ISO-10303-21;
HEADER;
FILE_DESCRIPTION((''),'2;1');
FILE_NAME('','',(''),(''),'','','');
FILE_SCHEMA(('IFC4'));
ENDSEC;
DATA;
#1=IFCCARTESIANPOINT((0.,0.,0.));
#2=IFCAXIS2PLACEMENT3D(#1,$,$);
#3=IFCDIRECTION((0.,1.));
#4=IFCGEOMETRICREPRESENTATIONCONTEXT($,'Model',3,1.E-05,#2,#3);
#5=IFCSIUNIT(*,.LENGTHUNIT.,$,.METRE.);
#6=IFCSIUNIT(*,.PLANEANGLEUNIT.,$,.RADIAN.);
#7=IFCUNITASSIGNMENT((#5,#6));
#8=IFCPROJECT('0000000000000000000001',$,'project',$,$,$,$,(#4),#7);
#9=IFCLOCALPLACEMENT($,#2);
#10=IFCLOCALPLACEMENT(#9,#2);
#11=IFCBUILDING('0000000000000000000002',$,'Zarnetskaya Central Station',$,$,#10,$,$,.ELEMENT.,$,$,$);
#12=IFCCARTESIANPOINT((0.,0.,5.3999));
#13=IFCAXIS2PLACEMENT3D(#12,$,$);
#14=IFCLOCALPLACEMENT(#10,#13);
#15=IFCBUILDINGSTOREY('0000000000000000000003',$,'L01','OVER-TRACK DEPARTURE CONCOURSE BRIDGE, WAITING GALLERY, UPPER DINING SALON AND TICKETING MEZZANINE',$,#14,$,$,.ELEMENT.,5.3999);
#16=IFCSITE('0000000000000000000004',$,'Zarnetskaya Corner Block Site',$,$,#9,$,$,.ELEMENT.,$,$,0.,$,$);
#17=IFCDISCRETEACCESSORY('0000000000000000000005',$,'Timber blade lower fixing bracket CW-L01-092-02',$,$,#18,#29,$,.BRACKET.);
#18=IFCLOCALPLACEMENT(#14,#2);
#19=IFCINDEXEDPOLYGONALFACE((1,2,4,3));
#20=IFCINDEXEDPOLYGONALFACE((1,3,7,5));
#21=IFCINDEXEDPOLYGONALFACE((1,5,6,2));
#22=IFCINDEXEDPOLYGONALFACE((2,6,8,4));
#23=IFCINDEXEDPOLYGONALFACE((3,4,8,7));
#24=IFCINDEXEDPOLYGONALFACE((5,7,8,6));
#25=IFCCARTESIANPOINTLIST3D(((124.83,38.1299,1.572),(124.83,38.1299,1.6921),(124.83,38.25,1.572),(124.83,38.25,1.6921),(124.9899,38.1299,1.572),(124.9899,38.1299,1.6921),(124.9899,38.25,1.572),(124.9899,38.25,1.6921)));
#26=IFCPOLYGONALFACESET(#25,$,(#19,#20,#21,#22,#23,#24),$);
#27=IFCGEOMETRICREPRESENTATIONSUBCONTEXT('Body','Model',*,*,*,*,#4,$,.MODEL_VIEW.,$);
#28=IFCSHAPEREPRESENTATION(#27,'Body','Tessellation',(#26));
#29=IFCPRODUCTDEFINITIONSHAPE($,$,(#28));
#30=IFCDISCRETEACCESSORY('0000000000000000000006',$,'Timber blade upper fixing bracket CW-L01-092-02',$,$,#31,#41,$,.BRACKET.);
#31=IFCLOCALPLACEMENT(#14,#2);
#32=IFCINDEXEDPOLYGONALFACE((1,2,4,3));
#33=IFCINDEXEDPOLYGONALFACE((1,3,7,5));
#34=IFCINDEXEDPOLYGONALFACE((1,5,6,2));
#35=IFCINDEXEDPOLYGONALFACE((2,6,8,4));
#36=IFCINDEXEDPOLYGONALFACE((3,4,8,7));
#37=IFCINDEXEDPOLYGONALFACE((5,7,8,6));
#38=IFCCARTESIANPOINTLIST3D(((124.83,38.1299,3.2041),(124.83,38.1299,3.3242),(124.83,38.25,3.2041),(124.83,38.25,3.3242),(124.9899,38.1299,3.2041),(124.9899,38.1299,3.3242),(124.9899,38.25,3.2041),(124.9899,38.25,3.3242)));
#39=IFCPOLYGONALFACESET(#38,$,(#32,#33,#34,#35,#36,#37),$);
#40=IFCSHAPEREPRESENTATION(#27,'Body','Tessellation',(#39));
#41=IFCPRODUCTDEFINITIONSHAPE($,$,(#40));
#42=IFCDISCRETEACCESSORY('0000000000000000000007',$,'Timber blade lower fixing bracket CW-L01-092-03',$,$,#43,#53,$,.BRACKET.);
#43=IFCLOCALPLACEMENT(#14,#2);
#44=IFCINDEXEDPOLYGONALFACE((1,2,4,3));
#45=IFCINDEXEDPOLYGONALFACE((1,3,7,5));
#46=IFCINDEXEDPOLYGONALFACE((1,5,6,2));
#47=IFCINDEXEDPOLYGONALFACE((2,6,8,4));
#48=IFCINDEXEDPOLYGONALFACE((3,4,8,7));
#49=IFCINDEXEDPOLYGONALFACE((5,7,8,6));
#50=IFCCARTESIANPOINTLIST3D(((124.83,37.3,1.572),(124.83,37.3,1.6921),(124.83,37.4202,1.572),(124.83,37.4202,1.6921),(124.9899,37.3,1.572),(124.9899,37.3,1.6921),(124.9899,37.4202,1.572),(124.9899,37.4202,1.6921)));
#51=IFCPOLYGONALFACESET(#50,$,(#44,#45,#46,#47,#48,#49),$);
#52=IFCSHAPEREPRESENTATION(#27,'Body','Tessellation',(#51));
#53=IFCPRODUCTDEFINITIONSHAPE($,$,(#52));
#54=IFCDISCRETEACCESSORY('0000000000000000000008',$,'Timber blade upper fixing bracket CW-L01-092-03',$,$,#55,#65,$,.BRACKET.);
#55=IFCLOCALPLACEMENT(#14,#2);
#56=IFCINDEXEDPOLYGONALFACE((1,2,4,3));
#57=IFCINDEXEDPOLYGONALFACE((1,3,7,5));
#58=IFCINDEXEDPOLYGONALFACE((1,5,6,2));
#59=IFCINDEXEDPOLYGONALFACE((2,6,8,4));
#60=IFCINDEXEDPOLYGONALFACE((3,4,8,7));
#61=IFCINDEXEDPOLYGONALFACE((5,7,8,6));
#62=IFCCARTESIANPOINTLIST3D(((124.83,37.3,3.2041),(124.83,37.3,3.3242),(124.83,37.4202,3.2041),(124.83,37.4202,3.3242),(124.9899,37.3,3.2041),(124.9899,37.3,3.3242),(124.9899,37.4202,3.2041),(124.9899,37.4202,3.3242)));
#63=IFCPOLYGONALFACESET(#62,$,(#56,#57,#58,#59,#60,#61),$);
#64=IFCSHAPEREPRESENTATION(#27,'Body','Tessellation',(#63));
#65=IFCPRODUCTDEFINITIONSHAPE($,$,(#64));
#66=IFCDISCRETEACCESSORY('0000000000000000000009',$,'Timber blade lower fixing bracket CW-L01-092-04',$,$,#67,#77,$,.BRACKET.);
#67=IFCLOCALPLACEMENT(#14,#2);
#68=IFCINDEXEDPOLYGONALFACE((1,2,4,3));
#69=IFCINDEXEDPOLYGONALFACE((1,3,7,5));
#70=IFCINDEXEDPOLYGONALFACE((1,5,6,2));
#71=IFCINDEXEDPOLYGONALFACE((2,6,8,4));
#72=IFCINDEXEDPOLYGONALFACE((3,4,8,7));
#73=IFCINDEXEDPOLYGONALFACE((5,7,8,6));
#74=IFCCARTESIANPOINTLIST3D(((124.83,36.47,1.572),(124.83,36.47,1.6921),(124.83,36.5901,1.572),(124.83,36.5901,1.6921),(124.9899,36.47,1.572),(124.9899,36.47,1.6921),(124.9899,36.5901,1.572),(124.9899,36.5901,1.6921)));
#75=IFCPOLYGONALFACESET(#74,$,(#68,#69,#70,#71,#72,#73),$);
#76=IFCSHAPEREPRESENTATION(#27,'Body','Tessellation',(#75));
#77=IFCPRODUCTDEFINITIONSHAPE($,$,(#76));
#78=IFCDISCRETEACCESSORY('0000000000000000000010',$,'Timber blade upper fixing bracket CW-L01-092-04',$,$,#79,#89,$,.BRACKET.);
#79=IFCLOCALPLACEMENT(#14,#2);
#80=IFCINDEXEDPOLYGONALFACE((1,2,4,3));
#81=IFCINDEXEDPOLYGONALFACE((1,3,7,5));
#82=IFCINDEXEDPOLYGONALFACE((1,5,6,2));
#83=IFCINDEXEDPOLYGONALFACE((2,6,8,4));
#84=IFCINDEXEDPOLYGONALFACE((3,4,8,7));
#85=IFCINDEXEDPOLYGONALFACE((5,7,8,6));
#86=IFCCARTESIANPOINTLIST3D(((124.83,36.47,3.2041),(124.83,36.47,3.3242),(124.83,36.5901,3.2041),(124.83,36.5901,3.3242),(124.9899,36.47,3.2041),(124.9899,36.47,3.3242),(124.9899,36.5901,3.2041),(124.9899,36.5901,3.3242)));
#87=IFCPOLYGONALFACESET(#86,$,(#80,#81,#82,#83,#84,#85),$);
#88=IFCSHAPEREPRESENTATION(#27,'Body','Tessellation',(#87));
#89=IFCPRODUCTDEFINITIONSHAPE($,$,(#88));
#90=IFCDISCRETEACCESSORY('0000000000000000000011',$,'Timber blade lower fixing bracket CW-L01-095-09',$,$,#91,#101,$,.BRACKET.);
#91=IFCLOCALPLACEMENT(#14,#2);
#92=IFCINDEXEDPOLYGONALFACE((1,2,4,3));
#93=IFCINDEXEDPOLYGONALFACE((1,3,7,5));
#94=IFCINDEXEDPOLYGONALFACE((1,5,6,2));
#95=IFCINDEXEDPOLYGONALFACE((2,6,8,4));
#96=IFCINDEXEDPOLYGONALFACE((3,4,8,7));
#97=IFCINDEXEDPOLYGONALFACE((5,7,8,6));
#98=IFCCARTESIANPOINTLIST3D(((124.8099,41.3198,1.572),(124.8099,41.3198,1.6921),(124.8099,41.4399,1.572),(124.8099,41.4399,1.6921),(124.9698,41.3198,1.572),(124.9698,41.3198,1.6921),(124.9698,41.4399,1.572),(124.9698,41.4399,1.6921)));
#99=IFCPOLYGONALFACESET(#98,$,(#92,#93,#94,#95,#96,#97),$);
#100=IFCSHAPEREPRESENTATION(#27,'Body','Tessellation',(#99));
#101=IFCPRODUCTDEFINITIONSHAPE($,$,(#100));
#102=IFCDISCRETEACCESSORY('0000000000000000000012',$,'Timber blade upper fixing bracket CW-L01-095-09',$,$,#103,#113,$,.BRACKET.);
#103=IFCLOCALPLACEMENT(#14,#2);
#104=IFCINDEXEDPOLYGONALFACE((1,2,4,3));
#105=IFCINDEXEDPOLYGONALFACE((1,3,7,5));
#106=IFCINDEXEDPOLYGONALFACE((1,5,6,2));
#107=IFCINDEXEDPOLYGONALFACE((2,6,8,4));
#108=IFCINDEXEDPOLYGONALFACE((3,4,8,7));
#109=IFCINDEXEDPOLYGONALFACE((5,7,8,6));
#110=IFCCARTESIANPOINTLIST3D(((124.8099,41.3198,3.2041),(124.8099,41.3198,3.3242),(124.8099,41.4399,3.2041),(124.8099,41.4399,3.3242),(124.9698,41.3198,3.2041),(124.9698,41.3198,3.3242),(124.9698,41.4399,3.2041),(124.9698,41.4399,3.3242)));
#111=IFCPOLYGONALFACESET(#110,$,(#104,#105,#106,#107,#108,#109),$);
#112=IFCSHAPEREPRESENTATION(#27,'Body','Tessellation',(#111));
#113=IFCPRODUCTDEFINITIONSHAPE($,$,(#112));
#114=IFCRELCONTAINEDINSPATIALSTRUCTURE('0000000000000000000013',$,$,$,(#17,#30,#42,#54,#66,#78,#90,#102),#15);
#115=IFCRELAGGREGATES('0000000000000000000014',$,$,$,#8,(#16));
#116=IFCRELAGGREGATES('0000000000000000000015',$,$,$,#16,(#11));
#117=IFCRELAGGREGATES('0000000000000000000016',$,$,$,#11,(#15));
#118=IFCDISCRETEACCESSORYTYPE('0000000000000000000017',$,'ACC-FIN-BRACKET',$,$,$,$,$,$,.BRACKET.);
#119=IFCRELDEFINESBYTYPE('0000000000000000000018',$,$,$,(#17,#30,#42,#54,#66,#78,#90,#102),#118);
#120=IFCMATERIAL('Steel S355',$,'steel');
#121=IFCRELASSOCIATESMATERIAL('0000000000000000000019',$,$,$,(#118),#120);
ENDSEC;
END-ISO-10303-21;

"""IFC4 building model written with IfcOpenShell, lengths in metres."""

from ifc_helpers import new_model, si_unit, direction, frame, origin, origin_2d, place, context, subcontext, project, spatial, rectangle, extrude, material, type_object, element, save


model = new_model("IFC4")

# Units and contexts
model_context = context("Model", 3, precision=1e-05, world=origin(), true_north=direction((0.0, 1.0)))
body_context = subcontext(model_context, "Body", "Model", "MODEL_VIEW")
ifc_project = project(units=[si_unit("LENGTHUNIT", "METRE"), si_unit("PLANEANGLEUNIT", "RADIAN")], contexts=[model_context])

# Site, building, storey
site_placement = place(None, origin())
site = spatial("IfcSite", under=ifc_project, at=site_placement, Name="Zarnetskaya Corner Block Site", CompositionType="ELEMENT", RefElevation=0.0)
building_placement = place(site_placement, origin())
building = spatial("IfcBuilding", under=site, at=building_placement, Name="Zarnetskaya Central Station", CompositionType="ELEMENT")
storey_placement = place(building_placement, frame((0.0, 0.0, 5.3999)))
storey = spatial("IfcBuildingStorey", under=building, at=storey_placement, Name="L01", Description="OVER-TRACK DEPARTURE CONCOURSE BRIDGE, WAITING GALLERY, UPPER DINING SALON AND TICKETING MEZZANINE", CompositionType="ELEMENT", Elevation=5.3999)

# Shared definitions
ifc_material_1 = material(Name="Steel S355", Category="steel")

# Discrete accessories
discrete_accessory_type = type_object("IfcDiscreteAccessoryType", Name="ACC-FIN-BRACKET", PredefinedType="BRACKET", material=ifc_material_1)
for number, where, z_axis, x_axis, name in (
    (1, (124.9099, 38.1899, 1.572), (0.0, 0.0, 1.0), (0.0, -1.0, 0.0), "Timber blade lower fixing bracket CW-L01-092-02"),
    (2, (124.9099, 38.1899, 3.2041), (0.0, 0.0, 1.0), (0.0, -1.0, 0.0), "Timber blade upper fixing bracket CW-L01-092-02"),
    (3, (124.9099, 37.3601, 1.572), (0.0, 0.0, 1.0), (0.0, -1.0, 0.0), "Timber blade lower fixing bracket CW-L01-092-03"),
    (4, (124.9099, 37.3601, 3.2041), (0.0, 0.0, 1.0), (0.0, -1.0, 0.0), "Timber blade upper fixing bracket CW-L01-092-03"),
    (5, (124.9099, 36.53, 1.572), (0.0, 0.0, 1.0), (0.0, -1.0, 0.0), "Timber blade lower fixing bracket CW-L01-092-04"),
    (6, (124.9099, 36.53, 3.2041), (0.0, 0.0, 1.0), (0.0, -1.0, 0.0), "Timber blade upper fixing bracket CW-L01-092-04"),
    (7, (124.8899, 41.3799, 1.572), (0.0, 0.0, 1.0), (0.0, -1.0, 0.0), "Timber blade lower fixing bracket CW-L01-095-09"),
    (8, (124.8899, 41.3799, 3.2041), (0.0, 0.0, 1.0), (0.0, -1.0, 0.0), "Timber blade upper fixing bracket CW-L01-095-09"),
):
    element("IfcDiscreteAccessory", number, at=place(storey_placement, frame(where, z_axis=z_axis, x_axis=x_axis)), inside=storey, type_object=discrete_accessory_type, Name=name, PredefinedType="BRACKET", context=body_context, shape_type="SweptSolid", body=[
        extrude(rectangle(XDim=0.1201, YDim=0.1599, at=origin_2d()), origin(), (0.0, 0.0, 1.0), 0.1201),
    ])

save(model, "model.ifc")
